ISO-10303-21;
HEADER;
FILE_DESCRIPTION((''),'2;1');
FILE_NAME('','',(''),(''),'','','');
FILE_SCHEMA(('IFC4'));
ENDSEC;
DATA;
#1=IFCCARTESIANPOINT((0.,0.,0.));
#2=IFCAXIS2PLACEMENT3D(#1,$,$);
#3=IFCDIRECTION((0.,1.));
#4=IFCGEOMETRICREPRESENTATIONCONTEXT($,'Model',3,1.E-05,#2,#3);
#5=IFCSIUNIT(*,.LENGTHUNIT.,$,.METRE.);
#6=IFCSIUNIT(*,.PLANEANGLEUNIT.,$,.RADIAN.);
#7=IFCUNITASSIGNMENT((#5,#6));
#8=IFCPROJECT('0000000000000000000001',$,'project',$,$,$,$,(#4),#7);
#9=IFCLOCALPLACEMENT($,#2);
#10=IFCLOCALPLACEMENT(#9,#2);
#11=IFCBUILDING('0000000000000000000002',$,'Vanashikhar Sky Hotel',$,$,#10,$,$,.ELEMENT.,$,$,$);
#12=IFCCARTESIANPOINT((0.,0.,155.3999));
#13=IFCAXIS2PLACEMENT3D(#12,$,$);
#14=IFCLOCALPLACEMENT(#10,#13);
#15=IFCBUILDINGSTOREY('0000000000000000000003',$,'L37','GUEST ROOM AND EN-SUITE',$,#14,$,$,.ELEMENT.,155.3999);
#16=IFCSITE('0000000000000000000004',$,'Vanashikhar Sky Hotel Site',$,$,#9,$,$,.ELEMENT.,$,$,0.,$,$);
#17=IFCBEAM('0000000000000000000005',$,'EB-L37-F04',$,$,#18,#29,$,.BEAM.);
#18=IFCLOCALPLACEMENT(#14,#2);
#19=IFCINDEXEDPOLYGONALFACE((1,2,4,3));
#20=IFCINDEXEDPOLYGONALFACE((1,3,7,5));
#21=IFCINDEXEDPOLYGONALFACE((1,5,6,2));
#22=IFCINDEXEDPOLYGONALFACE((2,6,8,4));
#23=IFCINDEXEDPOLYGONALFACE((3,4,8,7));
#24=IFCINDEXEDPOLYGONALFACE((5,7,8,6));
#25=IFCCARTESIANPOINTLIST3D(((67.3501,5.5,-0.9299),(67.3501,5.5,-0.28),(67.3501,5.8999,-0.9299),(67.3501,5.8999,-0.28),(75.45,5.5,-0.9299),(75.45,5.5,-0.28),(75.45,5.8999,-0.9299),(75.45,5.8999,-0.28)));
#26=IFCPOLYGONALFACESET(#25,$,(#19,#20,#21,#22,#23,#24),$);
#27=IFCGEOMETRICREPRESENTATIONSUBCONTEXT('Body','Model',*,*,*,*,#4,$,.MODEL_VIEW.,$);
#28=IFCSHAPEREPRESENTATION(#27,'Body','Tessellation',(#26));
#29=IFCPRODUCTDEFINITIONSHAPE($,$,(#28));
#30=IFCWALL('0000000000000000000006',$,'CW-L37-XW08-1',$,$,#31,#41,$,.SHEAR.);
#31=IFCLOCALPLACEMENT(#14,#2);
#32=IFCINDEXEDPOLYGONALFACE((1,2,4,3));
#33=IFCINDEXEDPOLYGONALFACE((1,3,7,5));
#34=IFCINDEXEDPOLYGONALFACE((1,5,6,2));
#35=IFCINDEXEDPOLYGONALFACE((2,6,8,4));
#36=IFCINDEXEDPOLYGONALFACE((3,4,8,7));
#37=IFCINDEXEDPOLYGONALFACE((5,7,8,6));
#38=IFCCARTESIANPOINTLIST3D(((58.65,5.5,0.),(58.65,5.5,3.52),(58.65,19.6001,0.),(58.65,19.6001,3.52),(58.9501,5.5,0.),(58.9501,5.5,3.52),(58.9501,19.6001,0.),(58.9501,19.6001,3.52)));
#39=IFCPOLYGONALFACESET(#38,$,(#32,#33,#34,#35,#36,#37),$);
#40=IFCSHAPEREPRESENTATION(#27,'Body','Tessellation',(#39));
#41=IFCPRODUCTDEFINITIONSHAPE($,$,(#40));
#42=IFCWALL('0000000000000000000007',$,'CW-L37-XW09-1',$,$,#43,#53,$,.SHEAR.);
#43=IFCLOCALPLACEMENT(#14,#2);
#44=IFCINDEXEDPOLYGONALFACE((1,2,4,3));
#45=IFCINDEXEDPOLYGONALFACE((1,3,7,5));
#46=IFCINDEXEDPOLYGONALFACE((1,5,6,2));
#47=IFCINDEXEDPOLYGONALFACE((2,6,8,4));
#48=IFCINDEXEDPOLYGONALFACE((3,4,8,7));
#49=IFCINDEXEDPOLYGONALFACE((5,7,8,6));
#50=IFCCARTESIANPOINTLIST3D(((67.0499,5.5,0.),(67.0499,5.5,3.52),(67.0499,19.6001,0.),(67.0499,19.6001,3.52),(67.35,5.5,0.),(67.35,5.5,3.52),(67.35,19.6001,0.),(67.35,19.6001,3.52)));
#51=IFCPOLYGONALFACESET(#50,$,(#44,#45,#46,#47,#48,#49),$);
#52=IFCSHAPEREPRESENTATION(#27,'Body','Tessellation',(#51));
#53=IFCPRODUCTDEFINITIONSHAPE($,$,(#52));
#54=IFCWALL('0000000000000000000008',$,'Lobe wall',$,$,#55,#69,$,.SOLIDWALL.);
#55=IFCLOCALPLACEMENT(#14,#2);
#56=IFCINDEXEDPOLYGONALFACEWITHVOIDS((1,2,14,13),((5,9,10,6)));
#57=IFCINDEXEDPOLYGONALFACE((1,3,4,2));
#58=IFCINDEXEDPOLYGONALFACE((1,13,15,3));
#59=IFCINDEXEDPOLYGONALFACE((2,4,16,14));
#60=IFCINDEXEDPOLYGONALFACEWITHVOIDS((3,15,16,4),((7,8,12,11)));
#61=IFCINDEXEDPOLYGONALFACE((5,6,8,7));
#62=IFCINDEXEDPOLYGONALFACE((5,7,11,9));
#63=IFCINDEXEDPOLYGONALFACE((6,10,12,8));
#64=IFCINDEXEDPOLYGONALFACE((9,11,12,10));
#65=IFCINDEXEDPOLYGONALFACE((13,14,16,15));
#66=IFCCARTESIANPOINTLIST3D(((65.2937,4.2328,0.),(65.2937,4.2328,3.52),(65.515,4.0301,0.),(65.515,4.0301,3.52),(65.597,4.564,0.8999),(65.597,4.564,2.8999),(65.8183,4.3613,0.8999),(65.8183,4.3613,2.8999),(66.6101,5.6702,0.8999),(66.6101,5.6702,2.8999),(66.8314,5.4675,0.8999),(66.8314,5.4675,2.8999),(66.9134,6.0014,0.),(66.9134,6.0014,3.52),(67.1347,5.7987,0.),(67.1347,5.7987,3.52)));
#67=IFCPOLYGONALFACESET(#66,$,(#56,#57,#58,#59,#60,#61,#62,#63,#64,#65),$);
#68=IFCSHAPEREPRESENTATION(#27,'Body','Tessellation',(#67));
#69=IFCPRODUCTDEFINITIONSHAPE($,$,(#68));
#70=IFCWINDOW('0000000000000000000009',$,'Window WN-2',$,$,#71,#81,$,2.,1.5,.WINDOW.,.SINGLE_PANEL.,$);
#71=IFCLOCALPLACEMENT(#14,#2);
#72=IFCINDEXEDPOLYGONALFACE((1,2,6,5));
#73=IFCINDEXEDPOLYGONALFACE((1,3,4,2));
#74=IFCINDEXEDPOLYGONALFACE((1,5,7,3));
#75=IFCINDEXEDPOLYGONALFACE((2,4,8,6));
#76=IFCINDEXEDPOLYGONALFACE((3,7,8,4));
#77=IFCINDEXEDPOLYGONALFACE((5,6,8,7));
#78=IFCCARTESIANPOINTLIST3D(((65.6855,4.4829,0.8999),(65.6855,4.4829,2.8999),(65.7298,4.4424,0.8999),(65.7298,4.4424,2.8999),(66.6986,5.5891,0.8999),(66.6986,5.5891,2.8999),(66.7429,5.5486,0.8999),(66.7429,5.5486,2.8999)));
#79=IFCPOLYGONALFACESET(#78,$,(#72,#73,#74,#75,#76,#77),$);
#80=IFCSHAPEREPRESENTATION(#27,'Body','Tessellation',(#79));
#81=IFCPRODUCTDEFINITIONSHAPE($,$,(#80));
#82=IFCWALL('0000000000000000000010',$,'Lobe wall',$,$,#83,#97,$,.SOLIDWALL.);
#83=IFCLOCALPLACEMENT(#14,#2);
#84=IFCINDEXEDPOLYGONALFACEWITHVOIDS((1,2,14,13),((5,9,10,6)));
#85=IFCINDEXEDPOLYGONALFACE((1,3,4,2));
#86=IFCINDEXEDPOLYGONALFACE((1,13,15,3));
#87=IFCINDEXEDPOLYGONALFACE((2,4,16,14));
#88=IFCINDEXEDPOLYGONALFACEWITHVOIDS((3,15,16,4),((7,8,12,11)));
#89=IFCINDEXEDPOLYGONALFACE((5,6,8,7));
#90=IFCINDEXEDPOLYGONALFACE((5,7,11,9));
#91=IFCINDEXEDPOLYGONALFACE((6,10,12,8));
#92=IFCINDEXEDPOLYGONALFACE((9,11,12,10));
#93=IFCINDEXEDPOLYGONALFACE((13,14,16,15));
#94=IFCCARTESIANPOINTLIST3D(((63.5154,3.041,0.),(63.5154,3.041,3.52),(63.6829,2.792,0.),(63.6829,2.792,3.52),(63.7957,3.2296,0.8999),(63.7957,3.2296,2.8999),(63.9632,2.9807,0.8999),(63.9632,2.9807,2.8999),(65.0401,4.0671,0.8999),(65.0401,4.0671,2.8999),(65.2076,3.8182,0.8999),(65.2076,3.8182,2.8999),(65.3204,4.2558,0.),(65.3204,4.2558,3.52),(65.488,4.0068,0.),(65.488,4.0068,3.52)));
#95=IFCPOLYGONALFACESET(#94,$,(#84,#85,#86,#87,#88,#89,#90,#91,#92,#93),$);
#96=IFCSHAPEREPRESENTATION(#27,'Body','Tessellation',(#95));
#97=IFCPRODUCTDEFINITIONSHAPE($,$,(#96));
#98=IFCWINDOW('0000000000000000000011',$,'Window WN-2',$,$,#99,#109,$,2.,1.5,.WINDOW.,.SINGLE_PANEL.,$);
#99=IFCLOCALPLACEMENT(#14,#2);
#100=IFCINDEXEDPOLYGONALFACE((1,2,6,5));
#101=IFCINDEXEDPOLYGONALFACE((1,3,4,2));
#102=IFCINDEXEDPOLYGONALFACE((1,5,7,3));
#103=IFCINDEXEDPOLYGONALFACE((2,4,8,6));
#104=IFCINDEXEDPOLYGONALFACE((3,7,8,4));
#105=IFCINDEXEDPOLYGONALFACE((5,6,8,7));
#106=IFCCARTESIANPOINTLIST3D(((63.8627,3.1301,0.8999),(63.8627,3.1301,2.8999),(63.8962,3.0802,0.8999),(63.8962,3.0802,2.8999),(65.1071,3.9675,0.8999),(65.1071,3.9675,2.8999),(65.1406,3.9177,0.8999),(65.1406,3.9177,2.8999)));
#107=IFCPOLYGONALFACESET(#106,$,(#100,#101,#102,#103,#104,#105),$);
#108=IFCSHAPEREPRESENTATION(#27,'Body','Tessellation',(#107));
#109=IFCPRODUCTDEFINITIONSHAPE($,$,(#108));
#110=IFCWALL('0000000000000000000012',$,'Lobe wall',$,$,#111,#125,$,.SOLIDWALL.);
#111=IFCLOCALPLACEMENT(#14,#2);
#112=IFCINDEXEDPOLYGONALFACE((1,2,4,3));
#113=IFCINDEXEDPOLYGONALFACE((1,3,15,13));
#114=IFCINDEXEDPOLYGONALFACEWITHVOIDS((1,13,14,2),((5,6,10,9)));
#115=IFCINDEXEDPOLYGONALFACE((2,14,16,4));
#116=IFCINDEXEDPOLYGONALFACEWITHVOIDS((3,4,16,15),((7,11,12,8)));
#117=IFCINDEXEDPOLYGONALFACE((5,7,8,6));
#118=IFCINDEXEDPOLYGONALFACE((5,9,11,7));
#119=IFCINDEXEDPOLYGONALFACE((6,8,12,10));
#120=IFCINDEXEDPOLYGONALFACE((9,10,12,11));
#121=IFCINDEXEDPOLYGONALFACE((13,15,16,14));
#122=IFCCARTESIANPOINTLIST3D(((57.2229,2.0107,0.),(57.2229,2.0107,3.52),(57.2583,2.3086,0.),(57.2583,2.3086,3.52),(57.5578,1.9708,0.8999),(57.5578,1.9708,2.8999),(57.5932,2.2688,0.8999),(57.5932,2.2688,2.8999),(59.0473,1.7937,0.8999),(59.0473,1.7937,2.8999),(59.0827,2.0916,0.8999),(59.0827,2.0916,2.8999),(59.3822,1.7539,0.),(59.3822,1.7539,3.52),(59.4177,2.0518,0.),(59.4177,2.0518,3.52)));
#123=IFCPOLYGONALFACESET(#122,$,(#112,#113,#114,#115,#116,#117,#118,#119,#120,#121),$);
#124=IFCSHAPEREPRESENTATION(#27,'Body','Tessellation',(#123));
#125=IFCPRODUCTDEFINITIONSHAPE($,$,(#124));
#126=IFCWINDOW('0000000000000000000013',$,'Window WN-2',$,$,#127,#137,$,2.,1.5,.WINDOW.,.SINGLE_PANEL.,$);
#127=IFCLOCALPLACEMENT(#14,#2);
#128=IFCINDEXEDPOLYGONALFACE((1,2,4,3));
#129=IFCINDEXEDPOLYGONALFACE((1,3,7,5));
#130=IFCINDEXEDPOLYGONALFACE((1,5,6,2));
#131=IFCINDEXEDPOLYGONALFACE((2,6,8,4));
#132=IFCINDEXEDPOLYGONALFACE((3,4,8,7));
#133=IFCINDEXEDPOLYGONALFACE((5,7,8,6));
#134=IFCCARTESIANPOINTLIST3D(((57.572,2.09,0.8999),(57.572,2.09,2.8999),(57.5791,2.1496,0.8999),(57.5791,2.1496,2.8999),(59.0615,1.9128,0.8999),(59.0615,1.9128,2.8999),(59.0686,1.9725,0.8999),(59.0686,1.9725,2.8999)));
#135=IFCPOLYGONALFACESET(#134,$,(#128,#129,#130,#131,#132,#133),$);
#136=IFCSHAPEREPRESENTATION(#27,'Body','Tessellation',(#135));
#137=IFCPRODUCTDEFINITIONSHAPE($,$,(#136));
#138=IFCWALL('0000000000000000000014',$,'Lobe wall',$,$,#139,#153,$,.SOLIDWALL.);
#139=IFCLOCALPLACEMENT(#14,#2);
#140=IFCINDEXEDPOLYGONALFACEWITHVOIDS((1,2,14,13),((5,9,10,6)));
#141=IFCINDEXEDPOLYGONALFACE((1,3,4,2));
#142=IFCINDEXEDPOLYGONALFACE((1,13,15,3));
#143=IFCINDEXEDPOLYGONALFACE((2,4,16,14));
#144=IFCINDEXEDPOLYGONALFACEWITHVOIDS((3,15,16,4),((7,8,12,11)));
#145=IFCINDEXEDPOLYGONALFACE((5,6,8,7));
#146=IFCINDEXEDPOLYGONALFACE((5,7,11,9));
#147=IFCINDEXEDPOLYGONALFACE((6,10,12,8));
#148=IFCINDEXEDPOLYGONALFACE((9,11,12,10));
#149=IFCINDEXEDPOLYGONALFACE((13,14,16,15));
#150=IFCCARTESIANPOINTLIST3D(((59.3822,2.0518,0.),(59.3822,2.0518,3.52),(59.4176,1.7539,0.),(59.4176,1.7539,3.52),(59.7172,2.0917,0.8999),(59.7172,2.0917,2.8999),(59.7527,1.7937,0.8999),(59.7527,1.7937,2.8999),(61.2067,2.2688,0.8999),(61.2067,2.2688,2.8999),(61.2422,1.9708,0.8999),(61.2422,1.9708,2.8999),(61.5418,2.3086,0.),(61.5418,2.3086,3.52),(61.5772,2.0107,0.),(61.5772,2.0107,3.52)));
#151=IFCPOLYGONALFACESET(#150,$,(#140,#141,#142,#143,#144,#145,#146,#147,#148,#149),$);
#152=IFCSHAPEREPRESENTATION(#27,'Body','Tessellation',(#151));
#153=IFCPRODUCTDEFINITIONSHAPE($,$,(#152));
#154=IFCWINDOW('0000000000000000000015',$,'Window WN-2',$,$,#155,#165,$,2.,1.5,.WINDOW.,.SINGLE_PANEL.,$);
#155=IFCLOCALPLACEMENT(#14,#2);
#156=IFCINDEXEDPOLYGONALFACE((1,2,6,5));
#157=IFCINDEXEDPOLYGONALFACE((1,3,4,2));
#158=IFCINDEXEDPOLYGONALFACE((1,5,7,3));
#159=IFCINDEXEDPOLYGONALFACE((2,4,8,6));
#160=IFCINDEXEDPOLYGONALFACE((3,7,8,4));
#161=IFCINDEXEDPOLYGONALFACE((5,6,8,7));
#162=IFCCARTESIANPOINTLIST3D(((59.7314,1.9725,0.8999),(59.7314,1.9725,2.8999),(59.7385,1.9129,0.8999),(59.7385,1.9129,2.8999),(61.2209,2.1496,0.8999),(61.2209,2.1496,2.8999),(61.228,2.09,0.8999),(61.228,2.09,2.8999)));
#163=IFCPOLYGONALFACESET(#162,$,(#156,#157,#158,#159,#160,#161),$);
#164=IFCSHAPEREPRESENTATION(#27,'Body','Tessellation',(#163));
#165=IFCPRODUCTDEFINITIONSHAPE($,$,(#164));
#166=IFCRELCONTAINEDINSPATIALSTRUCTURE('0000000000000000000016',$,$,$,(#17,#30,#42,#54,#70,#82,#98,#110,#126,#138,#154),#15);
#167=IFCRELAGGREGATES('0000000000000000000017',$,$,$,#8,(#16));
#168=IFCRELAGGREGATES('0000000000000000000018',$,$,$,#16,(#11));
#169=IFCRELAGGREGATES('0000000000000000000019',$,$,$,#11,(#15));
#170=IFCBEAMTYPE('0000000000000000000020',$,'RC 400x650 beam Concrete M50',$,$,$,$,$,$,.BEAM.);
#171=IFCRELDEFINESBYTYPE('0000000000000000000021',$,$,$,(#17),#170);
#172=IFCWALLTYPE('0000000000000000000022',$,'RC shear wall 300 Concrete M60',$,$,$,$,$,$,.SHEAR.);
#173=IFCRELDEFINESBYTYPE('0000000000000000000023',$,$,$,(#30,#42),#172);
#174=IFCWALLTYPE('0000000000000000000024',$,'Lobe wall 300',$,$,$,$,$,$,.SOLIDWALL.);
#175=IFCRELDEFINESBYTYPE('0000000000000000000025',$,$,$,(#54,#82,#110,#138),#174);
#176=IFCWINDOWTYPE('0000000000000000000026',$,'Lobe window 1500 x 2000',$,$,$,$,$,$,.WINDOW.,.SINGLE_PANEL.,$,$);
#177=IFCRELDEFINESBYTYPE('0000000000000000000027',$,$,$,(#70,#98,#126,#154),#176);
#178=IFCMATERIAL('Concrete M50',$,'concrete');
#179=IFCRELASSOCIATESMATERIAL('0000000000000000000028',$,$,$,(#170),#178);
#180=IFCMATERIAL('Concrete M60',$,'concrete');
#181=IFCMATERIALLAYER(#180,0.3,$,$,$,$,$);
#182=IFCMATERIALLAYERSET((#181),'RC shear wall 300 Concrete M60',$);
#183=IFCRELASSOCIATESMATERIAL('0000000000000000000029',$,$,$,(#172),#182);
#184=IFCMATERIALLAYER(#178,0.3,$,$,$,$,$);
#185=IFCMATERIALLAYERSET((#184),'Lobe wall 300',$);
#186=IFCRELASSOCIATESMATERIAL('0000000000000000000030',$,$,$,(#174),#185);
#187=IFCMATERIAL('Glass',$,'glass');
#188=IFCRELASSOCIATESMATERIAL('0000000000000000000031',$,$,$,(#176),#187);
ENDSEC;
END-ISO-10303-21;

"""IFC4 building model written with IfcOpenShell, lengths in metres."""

from ifc_helpers import new_model, si_unit, direction, frame, frame_2d, origin, origin_2d, place, context, subcontext, project, spatial, rectangle, extrude, source, transform, mapped, material, layer, layer_set, material_profile, profile_set, type_object, element, fill, save


model = new_model("IFC4")

# Units and contexts
model_context = context("Model", 3, precision=1e-05, world=origin(), true_north=direction((0.0, 1.0)))
body_context = subcontext(model_context, "Body", "Model", "MODEL_VIEW")
ifc_project = project(units=[si_unit("LENGTHUNIT", "METRE"), si_unit("PLANEANGLEUNIT", "RADIAN")], contexts=[model_context])

# Site, building, storey
site_placement = place(None, origin())
site = spatial("IfcSite", under=ifc_project, at=site_placement, Name="Vanashikhar Sky Hotel Site", CompositionType="ELEMENT", RefElevation=0.0)
building_placement = place(site_placement, origin())
building = spatial("IfcBuilding", under=site, at=building_placement, Name="Vanashikhar Sky Hotel", CompositionType="ELEMENT")
storey_placement = place(building_placement, frame((0.0, 0.0, 155.3999)))
storey = spatial("IfcBuildingStorey", under=building, at=storey_placement, Name="L37", Description="GUEST ROOM AND EN-SUITE", CompositionType="ELEMENT", Elevation=155.3999)

# Beam
ifc_material_1 = material(Name="Concrete M50", Category="concrete")
ifc_material_profile_1 = material_profile(ifc_material_1, rectangle(XDim=0.3999, YDim=0.6499, at=origin_2d()))
ifc_profile_set_1 = profile_set([ifc_material_profile_1], Name="RC 400x650 beam Concrete M50")
beam_type = type_object("IfcBeamType", Name="RC 400x650 beam Concrete M50", PredefinedType="BEAM", material=ifc_profile_set_1)
shared_shape_1 = source(origin(), body_context, "Body", "SweptSolid", [
    extrude(rectangle(XDim=0.3999, YDim=0.6499, at=origin_2d()), origin(), (0.0, 0.0, 1.0), 8.0999),
])
beam_placement = place(storey_placement, frame((67.3501, 5.7, -0.605), z_axis=(1.0, 0.0, 0.0), x_axis=(0.0, 1.0, 0.0)))
element("IfcBeam", 1, at=beam_placement, inside=storey, type_object=beam_type, Name="EB-L37-F04", PredefinedType="BEAM", context=body_context, shape_type="MappedRepresentation", body=[
    mapped(shared_shape_1, transform((0.0, 0.0, 0.0), scale=1.0)),
])

# Walls
ifc_material_2 = material(Name="Concrete M60", Category="concrete")
ifc_layer_1 = layer(ifc_material_2, 0.3)
ifc_layer_set_1 = layer_set([ifc_layer_1], Name="RC shear wall 300 Concrete M60")
wall_type_1 = type_object("IfcWallType", Name="RC shear wall 300 Concrete M60", PredefinedType="SHEAR", material=ifc_layer_set_1)
shared_shape_2 = source(origin(), body_context, "Body", "SweptSolid", [
    extrude(rectangle(XDim=14.1001, YDim=0.3, at=frame_2d((7.05, 0.0))), origin(), (0.0, 0.0, 1.0), 3.52),
])
for number, where, z_axis, x_axis, name in (
    (2, (58.8, 5.5, 0.0), (0.0, 0.0, 1.0), (0.0, 1.0, 0.0), "CW-L37-XW08-1"),
    (3, (67.2, 5.5, 0.0), (0.0, 0.0, 1.0), (0.0, 1.0, 0.0), "CW-L37-XW09-1"),
):
    element("IfcWall", number, at=place(storey_placement, frame(where, z_axis=z_axis, x_axis=x_axis)), inside=storey, type_object=wall_type_1, Name=name, PredefinedType="SHEAR", context=body_context, shape_type="MappedRepresentation", body=[
        mapped(shared_shape_2, transform((0.0, 0.0, 0.0), scale=1.0)),
    ])

# Walls, openings, windows
ifc_layer_2 = layer(ifc_material_1, 0.3)
ifc_layer_set_2 = layer_set([ifc_layer_2], Name="Lobe wall 300")
wall_type_2 = type_object("IfcWallType", Name="Lobe wall 300", PredefinedType="SOLIDWALL", material=ifc_layer_set_2)
shared_shape_3 = source(origin(), body_context, "Body", "SweptSolid", [
    extrude(rectangle(XDim=2.3982, YDim=0.3, at=frame_2d((1.1992, 0.0))), origin(), (0.0, 0.0, 1.0), 3.52),
])
wall_1_placement = place(storey_placement, frame((65.4043, 4.1313, 0.0), z_axis=(0.0, 0.0, 1.0), x_axis=(0.675374, 0.737475, 0.0)))
wall_1 = element("IfcWall", 4, at=wall_1_placement, inside=storey, type_object=wall_type_2, Name="Lobe wall", PredefinedType="SOLIDWALL", context=body_context, shape_type="MappedRepresentation", body=[
    mapped(shared_shape_3, transform((0.0, 0.0, 0.0), scale=1.0)),
])
shared_shape_4 = source(origin(), body_context, "Body", "SweptSolid", [
    extrude(rectangle(XDim=1.5, YDim=2.0, at=frame_2d((0.75, 1.0))), frame((0.0, 0.1602, 0.0), z_axis=(0.0, -1.0, 0.0), x_axis=(1.0, 0.0, 0.0)), (0.0, 0.0, 1.0), 0.3201),
])
opening_1_placement = place(wall_1_placement, frame((0.4492, 0.0, 0.8999)))
opening_1 = element("IfcOpeningElement", 5, at=opening_1_placement, cuts=wall_1, PredefinedType="OPENING", context=body_context, shape_type="MappedRepresentation", body=[
    mapped(shared_shape_4, transform((0.0, 0.0, 0.0), scale=1.0)),
])
ifc_material_3 = material(Name="Glass", Category="glass")
window_type_1 = type_object("IfcWindowType", Name="Lobe window 1500 x 2000", PartitioningType="SINGLE_PANEL", PredefinedType="WINDOW", material=ifc_material_3)
shared_shape_5 = source(origin(), body_context, "Body", "SweptSolid", [
    extrude(rectangle(XDim=1.5, YDim=2.0, at=frame_2d((0.75, 1.0))), frame((0.0, 0.03, 0.0), z_axis=(0.0, -1.0, 0.0), x_axis=(1.0, 0.0, 0.0)), (0.0, 0.0, 1.0), 0.0601),
])
window_1_placement = place(opening_1_placement, origin())
window_1 = element("IfcWindow", 6, at=window_1_placement, inside=storey, type_object=window_type_1, Name="Window WN-2", OverallHeight=2.0, OverallWidth=1.5, PartitioningType="SINGLE_PANEL", PredefinedType="WINDOW", context=body_context, shape_type="MappedRepresentation", body=[
    mapped(shared_shape_5, transform((0.0, 0.0, 0.0), scale=1.0)),
])
fill(opening_1, window_1)
shared_shape_6 = source(origin(), body_context, "Body", "SweptSolid", [
    extrude(rectangle(XDim=2.1758, YDim=0.3, at=frame_2d((1.0879, 0.0))), origin(), (0.0, 0.0, 1.0), 3.52),
])
wall_2_placement = place(storey_placement, frame((63.5991, 2.9165, 0.0), z_axis=(0.0, 0.0, 1.0), x_axis=(0.829626, 0.55832, 0.0)))
wall_2 = element("IfcWall", 7, at=wall_2_placement, inside=storey, type_object=wall_type_2, Name="Lobe wall", PredefinedType="SOLIDWALL", context=body_context, shape_type="MappedRepresentation", body=[
    mapped(shared_shape_6, transform((0.0, 0.0, 0.0), scale=1.0)),
])
opening_2_placement = place(wall_2_placement, frame((0.3379, 0.0, 0.8999)))
opening_2 = element("IfcOpeningElement", 8, at=opening_2_placement, cuts=wall_2, PredefinedType="OPENING", context=body_context, shape_type="MappedRepresentation", body=[
    mapped(shared_shape_4, transform((0.0, 0.0, 0.0), scale=1.0)),
])
window_2_placement = place(opening_2_placement, origin())
window_2 = element("IfcWindow", 9, at=window_2_placement, inside=storey, type_object=window_type_1, Name="Window WN-2", OverallHeight=2.0, OverallWidth=1.5, PartitioningType="SINGLE_PANEL", PredefinedType="WINDOW", context=body_context, shape_type="MappedRepresentation", body=[
    mapped(shared_shape_5, transform((0.0, 0.0, 0.0), scale=1.0)),
])
fill(opening_2, window_2)
shared_shape_7 = source(origin(), body_context, "Body", "SweptSolid", [
    extrude(rectangle(XDim=2.1746, YDim=0.3, at=frame_2d((1.0874, 0.0))), origin(), (0.0, 0.0, 1.0), 3.52),
])
wall_3_placement = place(storey_placement, frame((57.2405, 2.1597, 0.0), z_axis=(0.0, 0.0, 1.0), x_axis=(0.993001, -0.118105, 0.0)))
wall_3 = element("IfcWall", 10, at=wall_3_placement, inside=storey, type_object=wall_type_2, Name="Lobe wall", PredefinedType="SOLIDWALL", context=body_context, shape_type="MappedRepresentation", body=[
    mapped(shared_shape_7, transform((0.0, 0.0, 0.0), scale=1.0)),
])
opening_3_placement = place(wall_3_placement, frame((0.3374, 0.0, 0.8999)))
opening_3 = element("IfcOpeningElement", 11, at=opening_3_placement, cuts=wall_3, PredefinedType="OPENING", context=body_context, shape_type="MappedRepresentation", body=[
    mapped(shared_shape_4, transform((0.0, 0.0, 0.0), scale=1.0)),
])
window_3_placement = place(opening_3_placement, origin())
window_3 = element("IfcWindow", 12, at=window_3_placement, inside=storey, type_object=window_type_1, Name="Window WN-2", OverallHeight=2.0, OverallWidth=1.5, PartitioningType="SINGLE_PANEL", PredefinedType="WINDOW", context=body_context, shape_type="MappedRepresentation", body=[
    mapped(shared_shape_5, transform((0.0, 0.0, 0.0), scale=1.0)),
])
fill(opening_3, window_3)
shared_shape_8 = source(origin(), body_context, "Body", "SweptSolid", [
    extrude(rectangle(XDim=2.1748, YDim=0.3, at=frame_2d((1.0874, 0.0))), origin(), (0.0, 0.0, 1.0), 3.52),
])
wall_4_placement = place(storey_placement, frame((59.3999, 1.9028, 0.0), z_axis=(0.0, 0.0, 1.0), x_axis=(0.993003, 0.118092, 0.0)))
wall_4 = element("IfcWall", 13, at=wall_4_placement, inside=storey, type_object=wall_type_2, Name="Lobe wall", PredefinedType="SOLIDWALL", context=body_context, shape_type="MappedRepresentation", body=[
    mapped(shared_shape_8, transform((0.0, 0.0, 0.0), scale=1.0)),
])
opening_4_placement = place(wall_4_placement, frame((0.3374, 0.0, 0.8999)))
opening_4 = element("IfcOpeningElement", 14, at=opening_4_placement, cuts=wall_4, PredefinedType="OPENING", context=body_context, shape_type="MappedRepresentation", body=[
    mapped(shared_shape_4, transform((0.0, 0.0, 0.0), scale=1.0)),
])
window_4_placement = place(opening_4_placement, origin())
window_4 = element("IfcWindow", 15, at=window_4_placement, inside=storey, type_object=window_type_1, Name="Window WN-2", OverallHeight=2.0, OverallWidth=1.5, PartitioningType="SINGLE_PANEL", PredefinedType="WINDOW", context=body_context, shape_type="MappedRepresentation", body=[
    mapped(shared_shape_5, transform((0.0, 0.0, 0.0), scale=1.0)),
])
fill(opening_4, window_4)

save(model, "model.ifc")
